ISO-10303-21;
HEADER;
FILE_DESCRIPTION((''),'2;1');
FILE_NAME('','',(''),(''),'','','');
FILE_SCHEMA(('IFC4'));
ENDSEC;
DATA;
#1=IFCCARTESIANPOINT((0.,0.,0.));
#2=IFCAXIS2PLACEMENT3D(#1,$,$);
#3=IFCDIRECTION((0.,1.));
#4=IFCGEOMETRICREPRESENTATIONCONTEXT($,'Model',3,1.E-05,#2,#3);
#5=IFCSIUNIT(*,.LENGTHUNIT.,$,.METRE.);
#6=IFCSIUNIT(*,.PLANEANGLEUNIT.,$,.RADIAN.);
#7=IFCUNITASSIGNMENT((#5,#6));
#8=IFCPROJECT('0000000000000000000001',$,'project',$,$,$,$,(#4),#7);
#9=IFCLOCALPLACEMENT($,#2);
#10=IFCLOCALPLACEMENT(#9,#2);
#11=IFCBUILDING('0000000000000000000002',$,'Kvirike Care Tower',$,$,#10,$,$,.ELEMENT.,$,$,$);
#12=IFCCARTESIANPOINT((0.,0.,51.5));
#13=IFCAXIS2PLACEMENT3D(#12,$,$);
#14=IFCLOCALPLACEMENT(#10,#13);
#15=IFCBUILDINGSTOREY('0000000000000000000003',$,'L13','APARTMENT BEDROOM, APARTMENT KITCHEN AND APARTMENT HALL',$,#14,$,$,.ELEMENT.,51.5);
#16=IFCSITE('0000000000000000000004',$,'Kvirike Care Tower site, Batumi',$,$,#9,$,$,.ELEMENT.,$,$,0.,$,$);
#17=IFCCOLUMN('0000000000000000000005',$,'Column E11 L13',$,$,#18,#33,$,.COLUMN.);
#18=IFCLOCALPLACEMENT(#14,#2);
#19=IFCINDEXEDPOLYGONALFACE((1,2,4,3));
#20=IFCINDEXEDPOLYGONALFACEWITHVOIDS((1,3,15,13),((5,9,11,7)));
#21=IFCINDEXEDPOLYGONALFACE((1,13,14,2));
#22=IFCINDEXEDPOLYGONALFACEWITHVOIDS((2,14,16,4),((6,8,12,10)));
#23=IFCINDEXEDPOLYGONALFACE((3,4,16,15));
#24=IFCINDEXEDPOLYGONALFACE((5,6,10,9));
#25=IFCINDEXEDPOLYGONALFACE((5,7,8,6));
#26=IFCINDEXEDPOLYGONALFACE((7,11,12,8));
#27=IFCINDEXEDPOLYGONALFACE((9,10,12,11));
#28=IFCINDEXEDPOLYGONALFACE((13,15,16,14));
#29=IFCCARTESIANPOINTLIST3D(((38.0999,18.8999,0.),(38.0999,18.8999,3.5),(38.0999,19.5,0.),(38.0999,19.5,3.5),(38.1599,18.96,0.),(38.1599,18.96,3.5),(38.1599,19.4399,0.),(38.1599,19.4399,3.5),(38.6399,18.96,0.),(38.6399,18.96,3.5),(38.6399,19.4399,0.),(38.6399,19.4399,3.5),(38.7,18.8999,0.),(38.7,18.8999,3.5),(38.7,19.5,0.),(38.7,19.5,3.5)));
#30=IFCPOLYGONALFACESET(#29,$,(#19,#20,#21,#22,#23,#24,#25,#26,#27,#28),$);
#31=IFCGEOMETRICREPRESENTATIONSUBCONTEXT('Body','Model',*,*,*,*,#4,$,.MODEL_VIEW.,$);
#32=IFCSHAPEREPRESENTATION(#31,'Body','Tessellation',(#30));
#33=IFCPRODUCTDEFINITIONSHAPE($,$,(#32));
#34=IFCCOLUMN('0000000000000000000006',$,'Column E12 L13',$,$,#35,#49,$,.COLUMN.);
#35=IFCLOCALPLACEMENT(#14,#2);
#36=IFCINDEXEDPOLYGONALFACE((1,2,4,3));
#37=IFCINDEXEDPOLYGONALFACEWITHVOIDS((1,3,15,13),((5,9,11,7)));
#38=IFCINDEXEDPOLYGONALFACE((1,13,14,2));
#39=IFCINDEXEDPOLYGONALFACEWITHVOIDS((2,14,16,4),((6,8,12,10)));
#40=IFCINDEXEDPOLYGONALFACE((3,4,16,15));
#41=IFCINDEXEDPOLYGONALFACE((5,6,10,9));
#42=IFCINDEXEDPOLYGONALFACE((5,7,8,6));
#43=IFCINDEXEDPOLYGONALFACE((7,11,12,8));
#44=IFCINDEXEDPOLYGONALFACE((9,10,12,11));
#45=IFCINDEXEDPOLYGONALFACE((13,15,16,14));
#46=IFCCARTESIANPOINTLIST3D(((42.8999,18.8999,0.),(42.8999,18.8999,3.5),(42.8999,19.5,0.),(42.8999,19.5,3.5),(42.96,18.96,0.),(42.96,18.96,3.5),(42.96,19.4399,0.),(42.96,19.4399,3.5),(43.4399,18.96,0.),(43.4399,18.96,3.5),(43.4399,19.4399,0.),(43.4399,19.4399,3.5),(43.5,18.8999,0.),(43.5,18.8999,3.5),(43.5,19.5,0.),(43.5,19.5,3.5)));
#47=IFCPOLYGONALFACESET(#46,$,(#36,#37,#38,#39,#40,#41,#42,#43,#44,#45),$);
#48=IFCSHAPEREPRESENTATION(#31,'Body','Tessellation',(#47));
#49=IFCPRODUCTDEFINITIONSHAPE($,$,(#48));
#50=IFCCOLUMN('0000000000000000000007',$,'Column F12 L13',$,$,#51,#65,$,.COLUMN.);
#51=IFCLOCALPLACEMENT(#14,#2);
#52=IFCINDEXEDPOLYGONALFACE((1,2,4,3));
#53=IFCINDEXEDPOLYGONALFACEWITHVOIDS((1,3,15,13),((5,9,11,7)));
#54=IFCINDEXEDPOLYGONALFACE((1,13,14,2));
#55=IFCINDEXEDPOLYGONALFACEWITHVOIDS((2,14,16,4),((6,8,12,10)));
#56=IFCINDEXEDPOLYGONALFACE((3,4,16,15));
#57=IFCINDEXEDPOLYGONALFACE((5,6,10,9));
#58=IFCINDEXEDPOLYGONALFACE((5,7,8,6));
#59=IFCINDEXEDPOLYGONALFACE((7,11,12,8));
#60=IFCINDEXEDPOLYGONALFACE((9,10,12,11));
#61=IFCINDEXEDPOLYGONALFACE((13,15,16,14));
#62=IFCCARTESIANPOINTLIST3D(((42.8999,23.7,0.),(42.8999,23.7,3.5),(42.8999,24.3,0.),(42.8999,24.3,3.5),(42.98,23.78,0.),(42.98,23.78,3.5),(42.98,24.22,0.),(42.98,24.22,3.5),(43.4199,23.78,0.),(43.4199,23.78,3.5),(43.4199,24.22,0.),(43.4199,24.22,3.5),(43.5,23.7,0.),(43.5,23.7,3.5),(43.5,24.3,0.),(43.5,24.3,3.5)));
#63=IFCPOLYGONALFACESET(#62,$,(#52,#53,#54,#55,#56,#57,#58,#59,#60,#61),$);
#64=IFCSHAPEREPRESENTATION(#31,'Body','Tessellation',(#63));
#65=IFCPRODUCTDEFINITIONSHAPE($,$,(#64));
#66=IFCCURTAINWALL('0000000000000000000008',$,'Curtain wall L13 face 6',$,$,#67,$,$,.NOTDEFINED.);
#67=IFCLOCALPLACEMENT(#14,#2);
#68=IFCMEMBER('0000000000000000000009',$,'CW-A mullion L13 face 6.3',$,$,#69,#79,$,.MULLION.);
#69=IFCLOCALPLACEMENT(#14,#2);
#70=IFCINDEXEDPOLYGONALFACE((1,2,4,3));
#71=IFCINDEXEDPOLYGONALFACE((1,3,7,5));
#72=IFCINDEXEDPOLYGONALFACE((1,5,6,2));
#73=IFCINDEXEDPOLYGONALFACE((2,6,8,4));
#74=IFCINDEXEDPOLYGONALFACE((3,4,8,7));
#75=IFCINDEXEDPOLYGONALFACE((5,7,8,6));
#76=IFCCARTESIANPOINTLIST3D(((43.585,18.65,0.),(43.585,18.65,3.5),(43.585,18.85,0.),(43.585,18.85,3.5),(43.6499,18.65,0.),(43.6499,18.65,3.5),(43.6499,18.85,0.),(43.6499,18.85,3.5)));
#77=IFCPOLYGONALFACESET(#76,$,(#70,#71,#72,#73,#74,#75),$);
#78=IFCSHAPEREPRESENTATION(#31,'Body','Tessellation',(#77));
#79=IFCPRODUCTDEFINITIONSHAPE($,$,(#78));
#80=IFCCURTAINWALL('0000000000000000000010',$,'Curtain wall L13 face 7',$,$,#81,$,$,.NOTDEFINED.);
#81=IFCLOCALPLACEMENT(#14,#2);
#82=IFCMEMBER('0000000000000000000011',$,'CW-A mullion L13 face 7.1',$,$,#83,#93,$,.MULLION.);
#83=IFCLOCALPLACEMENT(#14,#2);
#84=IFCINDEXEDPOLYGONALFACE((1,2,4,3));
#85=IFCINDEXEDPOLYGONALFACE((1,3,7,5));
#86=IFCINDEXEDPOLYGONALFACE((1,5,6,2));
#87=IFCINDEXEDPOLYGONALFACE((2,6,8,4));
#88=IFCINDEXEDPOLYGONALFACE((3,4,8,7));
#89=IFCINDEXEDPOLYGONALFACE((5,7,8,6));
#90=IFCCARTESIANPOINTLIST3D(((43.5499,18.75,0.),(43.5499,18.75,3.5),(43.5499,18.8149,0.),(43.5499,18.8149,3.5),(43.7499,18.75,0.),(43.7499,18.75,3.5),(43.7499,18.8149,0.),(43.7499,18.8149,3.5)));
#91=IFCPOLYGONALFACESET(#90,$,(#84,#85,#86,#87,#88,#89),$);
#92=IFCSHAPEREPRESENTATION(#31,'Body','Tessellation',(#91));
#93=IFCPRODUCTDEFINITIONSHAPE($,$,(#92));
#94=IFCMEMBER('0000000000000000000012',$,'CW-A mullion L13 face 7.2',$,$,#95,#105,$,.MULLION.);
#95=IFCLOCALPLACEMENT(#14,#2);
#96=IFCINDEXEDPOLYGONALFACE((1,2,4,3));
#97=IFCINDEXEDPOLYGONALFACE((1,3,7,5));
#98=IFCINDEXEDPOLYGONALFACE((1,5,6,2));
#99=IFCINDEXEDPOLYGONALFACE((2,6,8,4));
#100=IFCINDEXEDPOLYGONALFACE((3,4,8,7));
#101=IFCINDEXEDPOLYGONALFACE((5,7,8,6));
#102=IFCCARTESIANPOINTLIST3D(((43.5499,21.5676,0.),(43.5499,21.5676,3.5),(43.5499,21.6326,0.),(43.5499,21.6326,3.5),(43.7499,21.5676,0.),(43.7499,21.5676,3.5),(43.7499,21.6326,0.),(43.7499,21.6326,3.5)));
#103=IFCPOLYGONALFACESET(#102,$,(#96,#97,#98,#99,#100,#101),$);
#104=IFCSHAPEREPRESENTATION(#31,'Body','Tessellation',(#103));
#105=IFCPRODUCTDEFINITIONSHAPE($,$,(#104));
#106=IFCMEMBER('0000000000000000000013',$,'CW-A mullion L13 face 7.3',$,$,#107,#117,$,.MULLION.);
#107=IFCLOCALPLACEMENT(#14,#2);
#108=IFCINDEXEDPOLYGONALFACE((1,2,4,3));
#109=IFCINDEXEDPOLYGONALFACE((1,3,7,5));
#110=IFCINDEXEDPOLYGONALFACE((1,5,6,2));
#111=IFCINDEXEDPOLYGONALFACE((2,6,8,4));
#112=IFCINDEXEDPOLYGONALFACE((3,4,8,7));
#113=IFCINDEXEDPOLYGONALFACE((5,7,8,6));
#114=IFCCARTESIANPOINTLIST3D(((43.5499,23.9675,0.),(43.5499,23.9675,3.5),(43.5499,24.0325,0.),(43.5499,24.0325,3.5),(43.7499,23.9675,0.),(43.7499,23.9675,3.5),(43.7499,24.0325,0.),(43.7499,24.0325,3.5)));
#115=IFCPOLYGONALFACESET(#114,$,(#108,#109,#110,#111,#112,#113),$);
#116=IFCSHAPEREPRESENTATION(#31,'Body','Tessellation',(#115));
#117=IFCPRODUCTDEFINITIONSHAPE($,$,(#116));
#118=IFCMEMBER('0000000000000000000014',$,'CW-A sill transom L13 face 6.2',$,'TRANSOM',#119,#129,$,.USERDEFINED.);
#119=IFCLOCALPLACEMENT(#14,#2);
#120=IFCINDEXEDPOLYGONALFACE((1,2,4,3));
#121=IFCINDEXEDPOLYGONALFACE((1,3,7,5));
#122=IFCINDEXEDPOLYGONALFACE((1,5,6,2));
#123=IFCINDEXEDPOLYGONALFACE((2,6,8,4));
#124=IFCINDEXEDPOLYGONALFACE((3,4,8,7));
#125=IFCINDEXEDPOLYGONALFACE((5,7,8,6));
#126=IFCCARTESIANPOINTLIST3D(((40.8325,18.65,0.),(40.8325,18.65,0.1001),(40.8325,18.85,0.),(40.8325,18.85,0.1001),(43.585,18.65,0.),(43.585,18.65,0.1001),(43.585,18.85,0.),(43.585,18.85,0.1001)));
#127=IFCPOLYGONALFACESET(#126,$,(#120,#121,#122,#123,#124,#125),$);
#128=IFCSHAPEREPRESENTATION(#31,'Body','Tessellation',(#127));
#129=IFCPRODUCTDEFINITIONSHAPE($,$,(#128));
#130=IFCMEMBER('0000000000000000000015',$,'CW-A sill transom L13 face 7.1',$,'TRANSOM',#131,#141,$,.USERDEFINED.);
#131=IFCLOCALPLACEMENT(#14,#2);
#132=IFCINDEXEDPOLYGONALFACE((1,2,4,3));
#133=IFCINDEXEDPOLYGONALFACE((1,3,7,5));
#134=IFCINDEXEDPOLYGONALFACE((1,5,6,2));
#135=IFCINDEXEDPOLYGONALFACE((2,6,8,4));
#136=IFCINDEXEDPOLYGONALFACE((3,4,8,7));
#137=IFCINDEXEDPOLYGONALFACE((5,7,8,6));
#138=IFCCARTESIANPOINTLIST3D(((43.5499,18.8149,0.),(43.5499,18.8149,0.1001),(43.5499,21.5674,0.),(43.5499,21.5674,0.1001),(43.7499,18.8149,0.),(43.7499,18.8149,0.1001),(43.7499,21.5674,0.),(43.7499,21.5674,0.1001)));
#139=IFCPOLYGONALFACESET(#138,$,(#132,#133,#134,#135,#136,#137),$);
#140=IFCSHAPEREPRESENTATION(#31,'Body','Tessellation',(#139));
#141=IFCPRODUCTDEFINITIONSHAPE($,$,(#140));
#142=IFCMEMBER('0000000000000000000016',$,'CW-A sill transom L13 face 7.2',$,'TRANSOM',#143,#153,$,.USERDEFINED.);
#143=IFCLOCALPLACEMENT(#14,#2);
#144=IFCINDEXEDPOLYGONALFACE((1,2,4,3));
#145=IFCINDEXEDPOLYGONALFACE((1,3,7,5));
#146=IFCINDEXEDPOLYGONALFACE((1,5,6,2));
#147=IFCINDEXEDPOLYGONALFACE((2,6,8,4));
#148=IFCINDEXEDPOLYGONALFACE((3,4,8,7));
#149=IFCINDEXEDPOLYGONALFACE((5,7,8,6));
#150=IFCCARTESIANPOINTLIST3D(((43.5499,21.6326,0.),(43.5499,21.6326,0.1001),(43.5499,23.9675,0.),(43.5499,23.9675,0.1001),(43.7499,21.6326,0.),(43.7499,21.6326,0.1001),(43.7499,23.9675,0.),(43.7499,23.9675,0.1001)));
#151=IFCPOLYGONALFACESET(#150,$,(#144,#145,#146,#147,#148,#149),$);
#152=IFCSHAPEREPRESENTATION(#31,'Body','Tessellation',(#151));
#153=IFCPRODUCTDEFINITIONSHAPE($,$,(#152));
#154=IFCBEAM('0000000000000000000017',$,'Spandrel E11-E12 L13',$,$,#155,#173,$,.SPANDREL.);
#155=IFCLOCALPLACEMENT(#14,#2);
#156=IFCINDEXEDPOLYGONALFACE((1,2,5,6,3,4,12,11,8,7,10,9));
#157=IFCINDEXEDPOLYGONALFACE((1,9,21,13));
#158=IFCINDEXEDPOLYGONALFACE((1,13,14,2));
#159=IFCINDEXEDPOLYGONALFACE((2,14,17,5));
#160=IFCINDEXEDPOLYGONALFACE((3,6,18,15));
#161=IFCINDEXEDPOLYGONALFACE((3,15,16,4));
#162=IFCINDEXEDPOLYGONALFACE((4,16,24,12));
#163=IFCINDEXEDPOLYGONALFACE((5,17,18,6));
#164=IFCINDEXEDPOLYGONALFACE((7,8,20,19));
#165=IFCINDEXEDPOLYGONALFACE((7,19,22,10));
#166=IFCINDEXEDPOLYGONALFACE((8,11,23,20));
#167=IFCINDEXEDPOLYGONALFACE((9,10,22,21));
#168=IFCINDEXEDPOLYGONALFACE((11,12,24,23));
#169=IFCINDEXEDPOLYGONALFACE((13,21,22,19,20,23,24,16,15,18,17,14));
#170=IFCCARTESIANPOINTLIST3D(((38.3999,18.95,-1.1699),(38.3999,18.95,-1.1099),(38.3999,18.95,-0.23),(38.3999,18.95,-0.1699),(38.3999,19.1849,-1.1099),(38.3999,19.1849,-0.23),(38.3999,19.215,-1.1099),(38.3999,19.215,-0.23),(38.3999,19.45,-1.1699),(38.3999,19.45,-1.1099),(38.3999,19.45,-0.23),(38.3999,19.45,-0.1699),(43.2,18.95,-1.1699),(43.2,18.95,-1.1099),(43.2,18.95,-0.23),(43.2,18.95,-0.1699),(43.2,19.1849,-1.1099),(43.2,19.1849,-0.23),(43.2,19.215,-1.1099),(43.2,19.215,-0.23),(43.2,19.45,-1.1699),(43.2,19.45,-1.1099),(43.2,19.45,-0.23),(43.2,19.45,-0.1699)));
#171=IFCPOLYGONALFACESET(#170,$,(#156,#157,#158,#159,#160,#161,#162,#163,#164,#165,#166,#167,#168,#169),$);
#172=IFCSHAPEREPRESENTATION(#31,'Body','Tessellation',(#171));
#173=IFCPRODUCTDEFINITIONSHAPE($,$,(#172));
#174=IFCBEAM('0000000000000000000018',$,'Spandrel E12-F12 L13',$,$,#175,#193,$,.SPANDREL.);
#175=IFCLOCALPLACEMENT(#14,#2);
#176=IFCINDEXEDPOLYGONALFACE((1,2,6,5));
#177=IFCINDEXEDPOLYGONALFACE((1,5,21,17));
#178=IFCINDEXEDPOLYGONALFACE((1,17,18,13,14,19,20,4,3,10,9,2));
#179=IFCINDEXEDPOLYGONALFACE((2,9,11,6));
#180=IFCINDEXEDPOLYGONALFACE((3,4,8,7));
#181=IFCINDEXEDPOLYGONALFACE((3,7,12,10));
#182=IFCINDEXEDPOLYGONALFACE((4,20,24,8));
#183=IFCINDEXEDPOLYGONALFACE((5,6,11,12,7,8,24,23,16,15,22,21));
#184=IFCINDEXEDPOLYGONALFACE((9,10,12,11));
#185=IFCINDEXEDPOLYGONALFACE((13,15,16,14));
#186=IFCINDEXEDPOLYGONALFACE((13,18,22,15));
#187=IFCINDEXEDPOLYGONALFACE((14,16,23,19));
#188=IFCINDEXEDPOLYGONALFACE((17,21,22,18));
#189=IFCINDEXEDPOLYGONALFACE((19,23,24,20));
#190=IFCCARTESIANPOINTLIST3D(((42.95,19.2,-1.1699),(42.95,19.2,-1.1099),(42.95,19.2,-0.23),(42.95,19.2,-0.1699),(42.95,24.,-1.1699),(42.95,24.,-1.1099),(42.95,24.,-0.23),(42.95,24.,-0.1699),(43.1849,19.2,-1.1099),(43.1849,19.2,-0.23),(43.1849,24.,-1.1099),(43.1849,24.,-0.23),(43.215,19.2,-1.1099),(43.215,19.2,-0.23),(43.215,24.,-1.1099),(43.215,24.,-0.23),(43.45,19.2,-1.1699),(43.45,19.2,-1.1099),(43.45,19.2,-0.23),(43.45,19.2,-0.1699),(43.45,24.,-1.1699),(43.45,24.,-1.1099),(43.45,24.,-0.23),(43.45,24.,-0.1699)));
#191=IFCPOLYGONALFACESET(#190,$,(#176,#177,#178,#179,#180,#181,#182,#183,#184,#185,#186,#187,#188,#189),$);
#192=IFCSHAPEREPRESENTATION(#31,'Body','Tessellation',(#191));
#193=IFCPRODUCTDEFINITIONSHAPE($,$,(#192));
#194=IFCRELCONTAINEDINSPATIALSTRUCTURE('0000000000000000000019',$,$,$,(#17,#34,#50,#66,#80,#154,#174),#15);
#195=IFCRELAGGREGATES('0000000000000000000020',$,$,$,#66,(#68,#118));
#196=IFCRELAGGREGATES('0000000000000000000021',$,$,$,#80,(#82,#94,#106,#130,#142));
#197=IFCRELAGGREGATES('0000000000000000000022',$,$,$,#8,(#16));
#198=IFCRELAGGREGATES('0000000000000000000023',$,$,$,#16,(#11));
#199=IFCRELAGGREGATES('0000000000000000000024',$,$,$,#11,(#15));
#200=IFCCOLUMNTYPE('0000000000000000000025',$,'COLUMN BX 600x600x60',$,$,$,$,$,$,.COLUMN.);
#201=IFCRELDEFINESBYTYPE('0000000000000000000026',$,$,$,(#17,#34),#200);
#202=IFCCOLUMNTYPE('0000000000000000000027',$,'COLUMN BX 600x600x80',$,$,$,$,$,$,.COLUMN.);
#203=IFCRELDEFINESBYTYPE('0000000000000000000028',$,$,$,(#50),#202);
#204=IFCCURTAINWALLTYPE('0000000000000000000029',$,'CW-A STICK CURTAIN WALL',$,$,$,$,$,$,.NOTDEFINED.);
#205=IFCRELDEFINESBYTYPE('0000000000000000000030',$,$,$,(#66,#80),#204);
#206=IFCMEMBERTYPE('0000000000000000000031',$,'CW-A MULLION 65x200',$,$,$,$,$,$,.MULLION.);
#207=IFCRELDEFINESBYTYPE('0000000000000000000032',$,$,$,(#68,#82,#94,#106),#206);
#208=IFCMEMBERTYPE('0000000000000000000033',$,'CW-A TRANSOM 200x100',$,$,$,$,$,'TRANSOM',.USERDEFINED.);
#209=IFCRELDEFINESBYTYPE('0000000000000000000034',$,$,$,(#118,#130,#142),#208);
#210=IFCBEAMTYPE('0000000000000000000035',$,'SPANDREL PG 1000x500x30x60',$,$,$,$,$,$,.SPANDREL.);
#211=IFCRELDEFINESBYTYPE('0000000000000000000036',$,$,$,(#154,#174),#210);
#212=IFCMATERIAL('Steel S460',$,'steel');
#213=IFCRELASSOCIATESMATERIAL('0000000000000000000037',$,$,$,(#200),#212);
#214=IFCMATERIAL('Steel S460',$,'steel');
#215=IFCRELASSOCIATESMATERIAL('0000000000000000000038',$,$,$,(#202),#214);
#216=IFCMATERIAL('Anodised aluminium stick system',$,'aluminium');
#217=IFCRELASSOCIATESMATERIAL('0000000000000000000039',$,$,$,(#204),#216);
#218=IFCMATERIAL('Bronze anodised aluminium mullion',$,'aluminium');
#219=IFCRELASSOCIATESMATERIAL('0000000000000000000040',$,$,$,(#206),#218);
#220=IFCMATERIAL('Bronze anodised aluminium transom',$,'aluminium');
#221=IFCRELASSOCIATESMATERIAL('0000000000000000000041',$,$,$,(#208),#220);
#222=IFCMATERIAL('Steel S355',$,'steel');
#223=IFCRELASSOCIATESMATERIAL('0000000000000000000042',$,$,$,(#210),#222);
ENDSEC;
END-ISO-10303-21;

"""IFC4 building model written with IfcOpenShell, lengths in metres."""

from ifc_helpers import new_model, si_unit, direction, frame, origin, origin_2d, place, context, subcontext, project, spatial, rectangle, hollow_rectangle, i_section, extrude, material, material_profile, profile_set, type_object, element, aggregate, save


model = new_model("IFC4")

# Units and contexts
model_context = context("Model", 3, precision=1e-05, world=origin(), true_north=direction((0.0, 1.0)))
body_context = subcontext(model_context, "Body", "Model", "MODEL_VIEW")
ifc_project = project(units=[si_unit("LENGTHUNIT", "METRE"), si_unit("PLANEANGLEUNIT", "RADIAN")], contexts=[model_context])

# Site, building, storey
site_placement = place(None, origin())
site = spatial("IfcSite", under=ifc_project, at=site_placement, Name="Kvirike Care Tower site, Batumi", CompositionType="ELEMENT", RefElevation=0.0)
building_placement = place(site_placement, origin())
building = spatial("IfcBuilding", under=site, at=building_placement, Name="Kvirike Care Tower", CompositionType="ELEMENT")
storey_placement = place(building_placement, frame((0.0, 0.0, 51.5)))
storey = spatial("IfcBuildingStorey", under=building, at=storey_placement, Name="L13", Description="APARTMENT BEDROOM, APARTMENT KITCHEN AND APARTMENT HALL", CompositionType="ELEMENT", Elevation=51.5)

# Columns
ifc_material_1 = material(Name="Steel S460", Category="steel")
ifc_material_profile_1 = material_profile(ifc_material_1, hollow_rectangle(XDim=0.6001, YDim=0.6001, WallThickness=0.0601, at=origin_2d()), Name="BX 600x600x60")
ifc_profile_set_1 = profile_set([ifc_material_profile_1], Name="Steel S460")
column_type_1 = type_object("IfcColumnType", Name="COLUMN BX 600x600x60", PredefinedType="COLUMN", material=ifc_profile_set_1)
for number, where, z_axis, x_axis, name in (
    (1, (38.3999, 19.2, 0.0), (0.0, 0.0, 1.0), (0.0, 1.0, 0.0), "Column E11 L13"),
    (2, (43.2, 19.2, 0.0), (0.0, 0.0, 1.0), (0.0, 1.0, 0.0), "Column E12 L13"),
):
    element("IfcColumn", number, at=place(storey_placement, frame(where, z_axis=z_axis, x_axis=x_axis)), inside=storey, type_object=column_type_1, Name=name, PredefinedType="COLUMN", context=body_context, shape_type="SweptSolid", body=[
        extrude(hollow_rectangle(XDim=0.6001, YDim=0.6001, WallThickness=0.0601, at=origin_2d()), origin(), (0.0, 0.0, 1.0), 3.5),
    ])
ifc_material_2 = material(Name="Steel S460", Category="steel")
ifc_material_profile_2 = material_profile(ifc_material_2, hollow_rectangle(XDim=0.6001, YDim=0.6001, WallThickness=0.0801, at=origin_2d()), Name="BX 600x600x80")
ifc_profile_set_2 = profile_set([ifc_material_profile_2], Name="Steel S460")
column_type_2 = type_object("IfcColumnType", Name="COLUMN BX 600x600x80", PredefinedType="COLUMN", material=ifc_profile_set_2)
column_placement = place(storey_placement, frame((43.2, 24.0, 0.0), z_axis=(0.0, 0.0, 1.0), x_axis=(1.0, 0.0, 0.0)))
element("IfcColumn", 3, at=column_placement, inside=storey, type_object=column_type_2, Name="Column F12 L13", PredefinedType="COLUMN", context=body_context, shape_type="SweptSolid", body=[
    extrude(hollow_rectangle(XDim=0.6001, YDim=0.6001, WallThickness=0.0801, at=origin_2d()), origin(), (0.0, 0.0, 1.0), 3.5),
])

# Curtain wall, member
ifc_material_3 = material(Name="Anodised aluminium stick system", Category="aluminium")
curtain_wall_type = type_object("IfcCurtainWallType", Name="CW-A STICK CURTAIN WALL", PredefinedType="NOTDEFINED", material=ifc_material_3)
curtain_wall_1_placement = place(storey_placement, origin())
curtain_wall_1 = element("IfcCurtainWall", 4, at=curtain_wall_1_placement, inside=storey, type_object=curtain_wall_type, Name="Curtain wall L13 face 6", PredefinedType="NOTDEFINED")
ifc_material_4 = material(Name="Bronze anodised aluminium mullion", Category="aluminium")
ifc_material_profile_3 = material_profile(ifc_material_4, rectangle(XDim=0.0649, YDim=0.2, at=origin_2d()), Name="CW-A MULLION 65x200")
ifc_profile_set_3 = profile_set([ifc_material_profile_3], Name="Bronze anodised aluminium mullion")
member_type_1 = type_object("IfcMemberType", Name="CW-A MULLION 65x200", PredefinedType="MULLION", material=ifc_profile_set_3)
member_1_placement = place(storey_placement, frame((43.6174, 18.75, 0.0), z_axis=(0.0, 0.0, 1.0), x_axis=(1.0, 0.0, 0.0)))
member_1 = element("IfcMember", 5, at=member_1_placement, type_object=member_type_1, Name="CW-A mullion L13 face 6.3", PredefinedType="MULLION", context=body_context, shape_type="SweptSolid", body=[
    extrude(rectangle(XDim=0.0649, YDim=0.2, at=origin_2d()), origin(), (0.0, 0.0, 1.0), 3.5),
])

# Curtain wall, members
curtain_wall_2_placement = place(storey_placement, origin())
curtain_wall_2 = element("IfcCurtainWall", 6, at=curtain_wall_2_placement, inside=storey, type_object=curtain_wall_type, Name="Curtain wall L13 face 7", PredefinedType="NOTDEFINED")
member_2_placement = place(storey_placement, frame((43.6499, 18.7825, 0.0), z_axis=(0.0, 0.0, 1.0), x_axis=(0.0, 1.0, 0.0)))
member_2 = element("IfcMember", 7, at=member_2_placement, type_object=member_type_1, Name="CW-A mullion L13 face 7.1", PredefinedType="MULLION", context=body_context, shape_type="SweptSolid", body=[
    extrude(rectangle(XDim=0.0649, YDim=0.2, at=origin_2d()), origin(), (0.0, 0.0, 1.0), 3.5),
])
member_3_placement = place(storey_placement, frame((43.6499, 21.6001, 0.0), z_axis=(0.0, 0.0, 1.0), x_axis=(0.0, 1.0, 0.0)))
member_3 = element("IfcMember", 8, at=member_3_placement, type_object=member_type_1, Name="CW-A mullion L13 face 7.2", PredefinedType="MULLION", context=body_context, shape_type="SweptSolid", body=[
    extrude(rectangle(XDim=0.0649, YDim=0.2, at=origin_2d()), origin(), (0.0, 0.0, 1.0), 3.5),
])
member_4_placement = place(storey_placement, frame((43.6499, 24.0, 0.0), z_axis=(0.0, 0.0, 1.0), x_axis=(0.0, 1.0, 0.0)))
member_4 = element("IfcMember", 9, at=member_4_placement, type_object=member_type_1, Name="CW-A mullion L13 face 7.3", PredefinedType="MULLION", context=body_context, shape_type="SweptSolid", body=[
    extrude(rectangle(XDim=0.0649, YDim=0.2, at=origin_2d()), origin(), (0.0, 0.0, 1.0), 3.5),
])

# Members
ifc_material_5 = material(Name="Bronze anodised aluminium transom", Category="aluminium")
ifc_material_profile_4 = material_profile(ifc_material_5, rectangle(XDim=0.2, YDim=0.1001, at=origin_2d()), Name="CW-A TRANSOM 200x100")
ifc_profile_set_4 = profile_set([ifc_material_profile_4], Name="Bronze anodised aluminium transom")
member_type_2 = type_object("IfcMemberType", Name="CW-A TRANSOM 200x100", ElementType="TRANSOM", PredefinedType="USERDEFINED", material=ifc_profile_set_4)
member_5_placement = place(storey_placement, frame((40.8325, 18.75, 0.05), z_axis=(1.0, 0.0, 0.0), x_axis=(0.0, 1.0, 0.0)))
member_5 = element("IfcMember", 10, at=member_5_placement, type_object=member_type_2, Name="CW-A sill transom L13 face 6.2", ObjectType="TRANSOM", PredefinedType="USERDEFINED", context=body_context, shape_type="SweptSolid", body=[
    extrude(rectangle(XDim=0.2, YDim=0.1001, at=origin_2d()), origin(), (0.0, 0.0, 1.0), 2.7524),
])
member_6_placement = place(storey_placement, frame((43.6499, 18.8149, 0.05), z_axis=(0.0, 1.0, 0.0), x_axis=(-1.0, 0.0, 0.0)))
member_6 = element("IfcMember", 11, at=member_6_placement, type_object=member_type_2, Name="CW-A sill transom L13 face 7.1", ObjectType="TRANSOM", PredefinedType="USERDEFINED", context=body_context, shape_type="SweptSolid", body=[
    extrude(rectangle(XDim=0.2, YDim=0.1001, at=origin_2d()), origin(), (0.0, 0.0, 1.0), 2.7524),
])
member_7_placement = place(storey_placement, frame((43.6499, 21.6326, 0.05), z_axis=(0.0, 1.0, 0.0), x_axis=(-1.0, 0.0, 0.0)))
member_7 = element("IfcMember", 12, at=member_7_placement, type_object=member_type_2, Name="CW-A sill transom L13 face 7.2", ObjectType="TRANSOM", PredefinedType="USERDEFINED", context=body_context, shape_type="SweptSolid", body=[
    extrude(rectangle(XDim=0.2, YDim=0.1001, at=origin_2d()), origin(), (0.0, 0.0, 1.0), 2.335),
])

# Beams
ifc_material_6 = material(Name="Steel S355", Category="steel")
ifc_material_profile_5 = material_profile(ifc_material_6, i_section(OverallWidth=0.5, OverallDepth=1.0, WebThickness=0.03, FlangeThickness=0.0601, at=origin_2d()), Name="PG 1000x500x30x60")
ifc_profile_set_5 = profile_set([ifc_material_profile_5], Name="Steel S355")
beam_type = type_object("IfcBeamType", Name="SPANDREL PG 1000x500x30x60", PredefinedType="SPANDREL", material=ifc_profile_set_5)
for number, where, z_axis, x_axis, name in (
    (13, (38.3999, 19.2, -0.6699), (1.0, 0.0, 0.0), (0.0, 1.0, 0.0), "Spandrel E11-E12 L13"),
    (14, (43.2, 19.2, -0.6699), (0.0, 1.0, 0.0), (-1.0, 0.0, 0.0), "Spandrel E12-F12 L13"),
):
    element("IfcBeam", number, at=place(storey_placement, frame(where, z_axis=z_axis, x_axis=x_axis)), inside=storey, type_object=beam_type, Name=name, PredefinedType="SPANDREL", context=body_context, shape_type="SweptSolid", body=[
        extrude(i_section(OverallWidth=0.5, OverallDepth=1.0, WebThickness=0.03, FlangeThickness=0.0601, at=origin_2d()), origin(), (0.0, 0.0, 1.0), 4.8),
    ])

aggregate(curtain_wall_1, [member_1, member_5])
aggregate(curtain_wall_2, [member_2, member_3, member_4, member_6, member_7])

save(model, "model.ifc")
